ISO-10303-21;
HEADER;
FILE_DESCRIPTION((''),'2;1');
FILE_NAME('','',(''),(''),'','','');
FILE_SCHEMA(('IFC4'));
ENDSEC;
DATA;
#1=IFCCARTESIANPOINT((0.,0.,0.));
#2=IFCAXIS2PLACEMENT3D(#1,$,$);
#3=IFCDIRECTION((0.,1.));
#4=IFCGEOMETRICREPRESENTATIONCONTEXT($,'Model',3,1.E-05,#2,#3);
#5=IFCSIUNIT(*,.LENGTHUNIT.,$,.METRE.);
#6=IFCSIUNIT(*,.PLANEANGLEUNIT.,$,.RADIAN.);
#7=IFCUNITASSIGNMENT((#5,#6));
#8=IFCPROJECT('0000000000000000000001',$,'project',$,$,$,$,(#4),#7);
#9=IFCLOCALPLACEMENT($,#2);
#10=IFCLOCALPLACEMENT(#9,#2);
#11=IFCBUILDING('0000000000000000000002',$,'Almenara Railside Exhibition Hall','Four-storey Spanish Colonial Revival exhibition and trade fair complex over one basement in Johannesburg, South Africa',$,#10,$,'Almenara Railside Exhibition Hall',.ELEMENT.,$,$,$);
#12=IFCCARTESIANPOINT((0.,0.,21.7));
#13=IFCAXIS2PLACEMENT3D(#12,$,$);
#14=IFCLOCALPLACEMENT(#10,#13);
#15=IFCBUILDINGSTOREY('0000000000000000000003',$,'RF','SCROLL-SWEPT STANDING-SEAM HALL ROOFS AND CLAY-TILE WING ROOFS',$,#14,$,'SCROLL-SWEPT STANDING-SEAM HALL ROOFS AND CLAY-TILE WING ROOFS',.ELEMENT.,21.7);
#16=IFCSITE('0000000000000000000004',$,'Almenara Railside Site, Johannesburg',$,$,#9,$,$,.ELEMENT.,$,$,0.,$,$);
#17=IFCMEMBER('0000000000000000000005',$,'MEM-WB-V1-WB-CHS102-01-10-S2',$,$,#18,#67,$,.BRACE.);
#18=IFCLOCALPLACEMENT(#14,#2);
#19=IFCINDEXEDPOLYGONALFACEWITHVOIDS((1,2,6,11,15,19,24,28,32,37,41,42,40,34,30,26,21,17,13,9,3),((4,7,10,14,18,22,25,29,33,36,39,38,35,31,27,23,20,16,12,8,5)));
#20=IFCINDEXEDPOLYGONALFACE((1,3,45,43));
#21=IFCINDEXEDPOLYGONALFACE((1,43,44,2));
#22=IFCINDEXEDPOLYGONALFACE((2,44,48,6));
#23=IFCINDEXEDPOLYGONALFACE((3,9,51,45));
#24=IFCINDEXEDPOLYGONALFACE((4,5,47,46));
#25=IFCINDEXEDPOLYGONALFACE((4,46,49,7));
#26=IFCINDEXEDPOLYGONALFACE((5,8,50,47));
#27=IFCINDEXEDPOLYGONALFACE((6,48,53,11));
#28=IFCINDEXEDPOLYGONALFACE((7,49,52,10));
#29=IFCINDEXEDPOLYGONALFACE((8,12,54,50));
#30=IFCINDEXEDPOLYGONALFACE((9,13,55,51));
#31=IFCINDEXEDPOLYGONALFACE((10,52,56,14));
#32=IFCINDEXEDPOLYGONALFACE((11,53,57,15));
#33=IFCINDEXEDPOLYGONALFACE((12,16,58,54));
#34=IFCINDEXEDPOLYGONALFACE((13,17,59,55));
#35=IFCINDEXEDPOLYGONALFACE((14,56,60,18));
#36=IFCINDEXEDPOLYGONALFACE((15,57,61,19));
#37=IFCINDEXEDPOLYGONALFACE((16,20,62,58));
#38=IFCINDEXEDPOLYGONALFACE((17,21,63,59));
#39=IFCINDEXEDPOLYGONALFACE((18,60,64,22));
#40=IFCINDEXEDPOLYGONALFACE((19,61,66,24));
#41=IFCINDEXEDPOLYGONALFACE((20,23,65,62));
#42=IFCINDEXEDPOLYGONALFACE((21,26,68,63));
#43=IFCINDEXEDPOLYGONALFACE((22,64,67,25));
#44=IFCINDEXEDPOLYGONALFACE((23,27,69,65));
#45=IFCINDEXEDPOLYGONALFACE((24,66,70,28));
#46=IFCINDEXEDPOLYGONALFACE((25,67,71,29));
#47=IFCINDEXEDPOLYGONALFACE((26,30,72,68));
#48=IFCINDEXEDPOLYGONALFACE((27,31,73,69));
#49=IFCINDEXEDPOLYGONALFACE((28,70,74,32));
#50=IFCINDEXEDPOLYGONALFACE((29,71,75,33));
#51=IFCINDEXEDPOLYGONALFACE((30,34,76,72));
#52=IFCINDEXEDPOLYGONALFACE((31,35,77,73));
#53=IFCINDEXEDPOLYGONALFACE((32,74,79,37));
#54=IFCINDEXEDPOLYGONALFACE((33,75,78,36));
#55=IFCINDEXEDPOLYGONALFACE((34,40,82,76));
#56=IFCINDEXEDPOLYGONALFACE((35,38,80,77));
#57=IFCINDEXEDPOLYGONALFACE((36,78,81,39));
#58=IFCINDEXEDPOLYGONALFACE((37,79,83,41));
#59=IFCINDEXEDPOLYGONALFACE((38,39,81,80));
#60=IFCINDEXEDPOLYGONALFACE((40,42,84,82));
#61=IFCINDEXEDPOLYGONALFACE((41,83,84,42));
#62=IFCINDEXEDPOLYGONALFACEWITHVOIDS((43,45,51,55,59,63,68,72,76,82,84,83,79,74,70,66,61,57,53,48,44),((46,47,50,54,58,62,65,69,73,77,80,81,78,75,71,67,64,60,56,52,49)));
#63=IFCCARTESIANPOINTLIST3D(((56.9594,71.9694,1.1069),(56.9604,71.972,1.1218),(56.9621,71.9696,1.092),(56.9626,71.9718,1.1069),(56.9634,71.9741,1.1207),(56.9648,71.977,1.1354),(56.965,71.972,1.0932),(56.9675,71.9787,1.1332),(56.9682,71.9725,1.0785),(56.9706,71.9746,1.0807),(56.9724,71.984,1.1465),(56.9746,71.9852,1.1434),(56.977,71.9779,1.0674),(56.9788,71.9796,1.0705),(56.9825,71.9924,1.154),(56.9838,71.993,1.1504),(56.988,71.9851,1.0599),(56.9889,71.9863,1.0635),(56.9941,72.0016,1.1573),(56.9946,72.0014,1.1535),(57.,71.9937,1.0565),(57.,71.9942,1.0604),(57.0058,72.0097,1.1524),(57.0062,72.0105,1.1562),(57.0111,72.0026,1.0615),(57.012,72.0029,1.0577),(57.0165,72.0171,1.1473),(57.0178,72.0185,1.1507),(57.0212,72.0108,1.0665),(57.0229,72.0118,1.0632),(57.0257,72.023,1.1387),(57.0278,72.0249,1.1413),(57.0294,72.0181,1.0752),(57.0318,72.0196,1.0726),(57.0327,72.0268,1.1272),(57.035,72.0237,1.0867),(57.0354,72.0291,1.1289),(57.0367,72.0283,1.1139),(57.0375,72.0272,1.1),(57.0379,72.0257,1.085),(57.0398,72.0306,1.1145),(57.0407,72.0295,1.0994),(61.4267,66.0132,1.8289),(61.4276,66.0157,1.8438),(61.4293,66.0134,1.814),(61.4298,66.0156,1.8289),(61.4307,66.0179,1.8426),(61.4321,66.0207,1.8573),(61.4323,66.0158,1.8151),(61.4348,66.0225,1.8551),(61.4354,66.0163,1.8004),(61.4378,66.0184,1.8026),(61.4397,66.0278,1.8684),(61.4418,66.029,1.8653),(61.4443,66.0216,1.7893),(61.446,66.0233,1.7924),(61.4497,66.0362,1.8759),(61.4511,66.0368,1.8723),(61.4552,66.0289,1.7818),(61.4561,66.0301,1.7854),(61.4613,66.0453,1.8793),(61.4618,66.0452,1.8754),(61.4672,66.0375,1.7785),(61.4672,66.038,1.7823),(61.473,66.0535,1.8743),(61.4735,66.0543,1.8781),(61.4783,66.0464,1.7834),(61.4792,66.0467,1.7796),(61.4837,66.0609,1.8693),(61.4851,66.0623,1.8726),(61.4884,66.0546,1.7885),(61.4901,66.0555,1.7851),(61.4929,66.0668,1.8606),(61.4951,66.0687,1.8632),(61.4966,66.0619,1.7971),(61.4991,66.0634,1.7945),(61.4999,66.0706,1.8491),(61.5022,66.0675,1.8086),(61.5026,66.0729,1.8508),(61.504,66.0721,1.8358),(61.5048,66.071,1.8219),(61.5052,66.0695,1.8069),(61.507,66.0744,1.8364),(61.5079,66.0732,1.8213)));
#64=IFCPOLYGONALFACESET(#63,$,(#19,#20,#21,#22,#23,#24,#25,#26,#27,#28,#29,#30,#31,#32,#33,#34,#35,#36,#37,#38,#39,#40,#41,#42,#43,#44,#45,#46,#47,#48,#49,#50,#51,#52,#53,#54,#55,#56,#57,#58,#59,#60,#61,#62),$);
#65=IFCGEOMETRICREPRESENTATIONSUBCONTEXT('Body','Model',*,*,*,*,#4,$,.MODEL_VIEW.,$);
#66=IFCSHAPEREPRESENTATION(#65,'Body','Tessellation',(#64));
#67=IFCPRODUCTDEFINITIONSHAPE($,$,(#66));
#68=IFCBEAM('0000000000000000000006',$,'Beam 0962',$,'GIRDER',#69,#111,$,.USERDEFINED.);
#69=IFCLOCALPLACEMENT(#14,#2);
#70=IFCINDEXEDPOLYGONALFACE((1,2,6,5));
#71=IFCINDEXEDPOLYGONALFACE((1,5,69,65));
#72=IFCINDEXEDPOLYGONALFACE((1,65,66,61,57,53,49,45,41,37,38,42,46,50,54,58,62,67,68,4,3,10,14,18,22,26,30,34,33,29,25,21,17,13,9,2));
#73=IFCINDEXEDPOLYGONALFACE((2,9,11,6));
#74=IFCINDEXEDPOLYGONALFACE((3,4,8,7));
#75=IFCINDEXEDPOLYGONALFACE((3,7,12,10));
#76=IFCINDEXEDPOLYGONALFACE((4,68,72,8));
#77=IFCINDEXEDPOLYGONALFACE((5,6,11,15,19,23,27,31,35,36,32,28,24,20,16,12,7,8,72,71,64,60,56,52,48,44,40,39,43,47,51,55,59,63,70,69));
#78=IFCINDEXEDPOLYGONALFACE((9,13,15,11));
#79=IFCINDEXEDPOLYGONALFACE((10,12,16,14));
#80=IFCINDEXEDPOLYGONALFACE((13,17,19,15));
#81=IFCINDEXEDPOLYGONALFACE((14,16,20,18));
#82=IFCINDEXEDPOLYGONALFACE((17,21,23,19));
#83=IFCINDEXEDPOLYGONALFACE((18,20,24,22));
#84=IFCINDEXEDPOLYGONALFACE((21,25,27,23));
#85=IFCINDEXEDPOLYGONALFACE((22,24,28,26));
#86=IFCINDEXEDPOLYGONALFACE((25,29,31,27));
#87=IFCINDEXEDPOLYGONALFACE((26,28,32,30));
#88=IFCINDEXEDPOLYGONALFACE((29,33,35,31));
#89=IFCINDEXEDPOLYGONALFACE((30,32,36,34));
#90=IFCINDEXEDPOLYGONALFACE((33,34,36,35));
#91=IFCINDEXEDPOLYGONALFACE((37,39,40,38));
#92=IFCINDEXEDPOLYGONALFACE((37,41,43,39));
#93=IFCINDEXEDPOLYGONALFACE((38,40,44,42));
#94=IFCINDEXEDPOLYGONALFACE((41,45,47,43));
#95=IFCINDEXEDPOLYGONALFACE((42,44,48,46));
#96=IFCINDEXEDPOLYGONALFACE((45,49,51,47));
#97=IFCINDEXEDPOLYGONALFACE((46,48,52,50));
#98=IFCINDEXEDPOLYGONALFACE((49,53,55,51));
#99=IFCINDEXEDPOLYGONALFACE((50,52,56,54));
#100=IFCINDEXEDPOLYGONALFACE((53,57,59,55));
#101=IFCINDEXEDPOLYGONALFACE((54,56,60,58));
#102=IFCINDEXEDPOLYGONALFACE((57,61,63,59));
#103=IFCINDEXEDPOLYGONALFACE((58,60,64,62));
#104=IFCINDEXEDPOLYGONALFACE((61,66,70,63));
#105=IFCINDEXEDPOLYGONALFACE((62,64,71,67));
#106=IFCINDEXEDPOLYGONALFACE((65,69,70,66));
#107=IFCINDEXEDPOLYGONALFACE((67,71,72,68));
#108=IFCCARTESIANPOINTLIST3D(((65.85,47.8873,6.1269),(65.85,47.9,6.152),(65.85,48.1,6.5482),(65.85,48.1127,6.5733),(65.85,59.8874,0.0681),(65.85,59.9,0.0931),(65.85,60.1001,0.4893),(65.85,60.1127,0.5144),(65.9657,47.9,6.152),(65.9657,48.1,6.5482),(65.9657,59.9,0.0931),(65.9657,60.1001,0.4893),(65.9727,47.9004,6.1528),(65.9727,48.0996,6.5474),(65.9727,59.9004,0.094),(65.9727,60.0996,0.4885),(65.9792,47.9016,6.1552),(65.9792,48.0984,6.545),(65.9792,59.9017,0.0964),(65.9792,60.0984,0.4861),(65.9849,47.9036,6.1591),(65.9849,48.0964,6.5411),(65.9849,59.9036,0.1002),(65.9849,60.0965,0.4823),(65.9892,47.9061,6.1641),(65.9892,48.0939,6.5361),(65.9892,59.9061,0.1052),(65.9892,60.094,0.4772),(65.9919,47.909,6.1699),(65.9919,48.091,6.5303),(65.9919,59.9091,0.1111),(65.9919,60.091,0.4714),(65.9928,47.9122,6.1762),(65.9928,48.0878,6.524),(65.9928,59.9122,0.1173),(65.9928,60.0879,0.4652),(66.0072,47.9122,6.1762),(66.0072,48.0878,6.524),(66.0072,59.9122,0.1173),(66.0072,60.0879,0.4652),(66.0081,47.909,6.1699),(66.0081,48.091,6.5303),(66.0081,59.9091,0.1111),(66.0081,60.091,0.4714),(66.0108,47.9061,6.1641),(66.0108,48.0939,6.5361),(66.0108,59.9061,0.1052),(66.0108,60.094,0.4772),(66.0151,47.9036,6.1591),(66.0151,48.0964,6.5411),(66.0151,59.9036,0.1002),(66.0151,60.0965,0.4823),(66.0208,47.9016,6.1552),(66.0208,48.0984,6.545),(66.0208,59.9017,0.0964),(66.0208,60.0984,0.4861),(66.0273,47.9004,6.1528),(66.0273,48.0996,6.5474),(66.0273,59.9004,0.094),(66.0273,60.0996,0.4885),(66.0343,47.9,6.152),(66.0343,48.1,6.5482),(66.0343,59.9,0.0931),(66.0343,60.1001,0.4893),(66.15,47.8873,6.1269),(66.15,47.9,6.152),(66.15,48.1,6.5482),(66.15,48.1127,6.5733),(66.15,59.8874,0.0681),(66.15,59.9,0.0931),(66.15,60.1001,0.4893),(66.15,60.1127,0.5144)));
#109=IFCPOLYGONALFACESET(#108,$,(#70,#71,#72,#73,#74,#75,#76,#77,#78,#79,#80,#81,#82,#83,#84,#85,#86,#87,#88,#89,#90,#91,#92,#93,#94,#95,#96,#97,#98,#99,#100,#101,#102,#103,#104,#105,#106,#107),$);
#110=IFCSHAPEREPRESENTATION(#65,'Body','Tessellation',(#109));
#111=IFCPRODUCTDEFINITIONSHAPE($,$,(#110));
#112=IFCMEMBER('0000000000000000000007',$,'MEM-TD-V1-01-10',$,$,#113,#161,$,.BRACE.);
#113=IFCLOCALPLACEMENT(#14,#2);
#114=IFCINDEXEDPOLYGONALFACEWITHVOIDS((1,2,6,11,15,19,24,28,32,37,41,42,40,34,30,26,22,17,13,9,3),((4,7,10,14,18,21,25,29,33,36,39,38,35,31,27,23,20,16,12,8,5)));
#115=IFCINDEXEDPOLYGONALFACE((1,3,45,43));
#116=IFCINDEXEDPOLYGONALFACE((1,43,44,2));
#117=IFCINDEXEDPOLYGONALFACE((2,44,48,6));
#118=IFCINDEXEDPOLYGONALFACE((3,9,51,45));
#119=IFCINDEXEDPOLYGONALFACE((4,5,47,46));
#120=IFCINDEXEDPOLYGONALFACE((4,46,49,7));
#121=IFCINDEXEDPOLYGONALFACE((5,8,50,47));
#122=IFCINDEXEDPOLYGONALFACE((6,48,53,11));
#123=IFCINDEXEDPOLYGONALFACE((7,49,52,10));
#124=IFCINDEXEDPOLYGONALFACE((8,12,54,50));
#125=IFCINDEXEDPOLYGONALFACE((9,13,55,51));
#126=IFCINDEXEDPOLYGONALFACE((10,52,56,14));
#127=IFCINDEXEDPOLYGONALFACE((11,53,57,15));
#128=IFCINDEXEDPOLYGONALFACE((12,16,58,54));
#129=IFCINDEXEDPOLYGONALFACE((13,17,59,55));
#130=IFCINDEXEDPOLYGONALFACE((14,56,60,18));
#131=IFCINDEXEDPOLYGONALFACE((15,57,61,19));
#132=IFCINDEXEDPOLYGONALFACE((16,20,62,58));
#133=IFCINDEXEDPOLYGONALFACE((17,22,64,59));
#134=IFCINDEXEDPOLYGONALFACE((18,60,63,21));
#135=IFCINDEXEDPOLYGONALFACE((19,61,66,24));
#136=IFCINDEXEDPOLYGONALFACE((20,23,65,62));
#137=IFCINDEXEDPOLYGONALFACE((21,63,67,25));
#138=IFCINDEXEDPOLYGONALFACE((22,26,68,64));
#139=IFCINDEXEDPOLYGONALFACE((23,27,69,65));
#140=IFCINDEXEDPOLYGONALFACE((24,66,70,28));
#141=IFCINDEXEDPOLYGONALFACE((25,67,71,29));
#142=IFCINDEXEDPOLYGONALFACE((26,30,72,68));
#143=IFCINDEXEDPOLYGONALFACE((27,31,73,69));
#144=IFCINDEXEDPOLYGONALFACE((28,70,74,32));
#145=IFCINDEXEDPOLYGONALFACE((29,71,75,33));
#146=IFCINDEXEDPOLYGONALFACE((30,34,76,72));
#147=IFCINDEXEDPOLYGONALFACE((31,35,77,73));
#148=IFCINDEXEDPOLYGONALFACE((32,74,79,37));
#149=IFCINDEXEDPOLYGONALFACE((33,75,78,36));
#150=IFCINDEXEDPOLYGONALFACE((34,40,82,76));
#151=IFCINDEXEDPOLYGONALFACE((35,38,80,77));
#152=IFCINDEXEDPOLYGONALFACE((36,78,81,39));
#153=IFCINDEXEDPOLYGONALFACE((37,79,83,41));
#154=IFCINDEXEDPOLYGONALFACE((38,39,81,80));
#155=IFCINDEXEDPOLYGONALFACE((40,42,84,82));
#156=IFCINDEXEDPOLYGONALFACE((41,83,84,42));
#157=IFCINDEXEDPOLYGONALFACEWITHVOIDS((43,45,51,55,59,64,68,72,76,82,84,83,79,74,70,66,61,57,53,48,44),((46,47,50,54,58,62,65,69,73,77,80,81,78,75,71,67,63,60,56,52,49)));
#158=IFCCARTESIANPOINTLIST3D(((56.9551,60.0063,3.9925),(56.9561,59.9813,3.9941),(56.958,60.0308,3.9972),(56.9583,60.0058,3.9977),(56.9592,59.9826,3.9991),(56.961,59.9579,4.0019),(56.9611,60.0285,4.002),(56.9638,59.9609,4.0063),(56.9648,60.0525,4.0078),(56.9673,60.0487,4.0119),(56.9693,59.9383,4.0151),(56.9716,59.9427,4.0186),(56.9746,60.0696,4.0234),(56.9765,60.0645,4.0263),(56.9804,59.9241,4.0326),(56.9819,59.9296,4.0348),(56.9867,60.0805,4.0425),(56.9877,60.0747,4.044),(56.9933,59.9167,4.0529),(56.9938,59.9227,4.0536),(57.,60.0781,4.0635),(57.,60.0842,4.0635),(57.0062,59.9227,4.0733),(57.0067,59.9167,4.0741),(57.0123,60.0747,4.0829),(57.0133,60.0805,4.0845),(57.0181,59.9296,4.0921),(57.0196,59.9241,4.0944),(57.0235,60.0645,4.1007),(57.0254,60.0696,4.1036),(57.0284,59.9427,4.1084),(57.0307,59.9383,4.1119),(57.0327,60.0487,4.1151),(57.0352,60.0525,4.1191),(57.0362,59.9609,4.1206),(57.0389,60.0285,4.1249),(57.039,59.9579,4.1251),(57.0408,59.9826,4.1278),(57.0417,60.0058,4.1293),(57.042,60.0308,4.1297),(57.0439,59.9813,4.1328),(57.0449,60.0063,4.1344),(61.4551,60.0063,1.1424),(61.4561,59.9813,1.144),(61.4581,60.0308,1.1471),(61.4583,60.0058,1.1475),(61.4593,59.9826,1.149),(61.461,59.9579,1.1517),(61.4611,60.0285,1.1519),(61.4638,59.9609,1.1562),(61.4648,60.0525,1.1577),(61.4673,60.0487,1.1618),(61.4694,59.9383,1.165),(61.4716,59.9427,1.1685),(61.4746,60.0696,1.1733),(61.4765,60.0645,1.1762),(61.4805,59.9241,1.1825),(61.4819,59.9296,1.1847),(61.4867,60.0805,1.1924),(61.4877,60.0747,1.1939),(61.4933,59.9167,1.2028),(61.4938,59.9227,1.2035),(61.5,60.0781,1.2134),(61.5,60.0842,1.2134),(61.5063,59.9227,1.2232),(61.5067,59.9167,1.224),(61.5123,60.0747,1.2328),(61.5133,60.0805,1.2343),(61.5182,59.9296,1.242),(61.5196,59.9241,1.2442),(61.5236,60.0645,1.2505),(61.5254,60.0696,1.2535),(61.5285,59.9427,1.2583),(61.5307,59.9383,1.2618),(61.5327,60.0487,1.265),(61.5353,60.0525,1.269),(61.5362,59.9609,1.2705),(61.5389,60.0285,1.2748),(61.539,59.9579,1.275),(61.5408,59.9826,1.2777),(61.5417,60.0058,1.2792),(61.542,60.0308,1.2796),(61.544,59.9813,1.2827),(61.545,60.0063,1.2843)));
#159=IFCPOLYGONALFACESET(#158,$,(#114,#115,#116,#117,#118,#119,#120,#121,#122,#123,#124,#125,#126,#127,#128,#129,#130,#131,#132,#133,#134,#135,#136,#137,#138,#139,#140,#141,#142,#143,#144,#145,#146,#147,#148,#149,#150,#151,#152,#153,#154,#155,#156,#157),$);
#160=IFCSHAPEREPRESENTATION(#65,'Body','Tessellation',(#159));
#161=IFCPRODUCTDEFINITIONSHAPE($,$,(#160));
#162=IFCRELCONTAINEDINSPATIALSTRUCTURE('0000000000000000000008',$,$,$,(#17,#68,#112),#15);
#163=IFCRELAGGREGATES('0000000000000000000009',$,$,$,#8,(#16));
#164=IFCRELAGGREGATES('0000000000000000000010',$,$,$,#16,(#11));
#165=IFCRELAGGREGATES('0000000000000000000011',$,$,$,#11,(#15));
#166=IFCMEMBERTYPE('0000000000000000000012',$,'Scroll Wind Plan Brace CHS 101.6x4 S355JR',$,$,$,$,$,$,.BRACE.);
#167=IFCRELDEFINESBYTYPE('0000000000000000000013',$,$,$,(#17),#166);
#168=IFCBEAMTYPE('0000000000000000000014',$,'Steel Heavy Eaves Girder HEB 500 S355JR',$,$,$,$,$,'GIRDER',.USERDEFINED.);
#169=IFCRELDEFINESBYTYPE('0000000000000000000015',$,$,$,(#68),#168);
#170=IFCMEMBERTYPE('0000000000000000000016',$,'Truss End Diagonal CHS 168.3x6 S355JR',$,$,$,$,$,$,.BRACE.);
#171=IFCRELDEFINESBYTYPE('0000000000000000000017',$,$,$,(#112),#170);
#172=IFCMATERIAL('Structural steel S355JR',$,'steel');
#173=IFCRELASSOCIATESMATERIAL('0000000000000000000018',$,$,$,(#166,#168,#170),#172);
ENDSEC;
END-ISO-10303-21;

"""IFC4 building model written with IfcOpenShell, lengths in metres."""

from ifc_helpers import new_model, si_unit, direction, frame, origin, origin_2d, place, context, subcontext, project, spatial, hollow_circle, i_section, extrude, material, material_profile, profile_set, type_object, element, save


model = new_model("IFC4")

# Units and contexts
model_context = context("Model", 3, precision=1e-05, world=origin(), true_north=direction((0.0, 1.0)))
body_context = subcontext(model_context, "Body", "Model", "MODEL_VIEW")
ifc_project = project(units=[si_unit("LENGTHUNIT", "METRE"), si_unit("PLANEANGLEUNIT", "RADIAN")], contexts=[model_context])

# Site, building, storey
site_placement = place(None, origin())
site = spatial("IfcSite", under=ifc_project, at=site_placement, Name="Almenara Railside Site, Johannesburg", CompositionType="ELEMENT", RefElevation=0.0)
building_placement = place(site_placement, origin())
building = spatial("IfcBuilding", under=site, at=building_placement, Name="Almenara Railside Exhibition Hall", Description="Four-storey Spanish Colonial Revival exhibition and trade fair complex over one basement in Johannesburg, South Africa", LongName="Almenara Railside Exhibition Hall", CompositionType="ELEMENT")
storey_placement = place(building_placement, frame((0.0, 0.0, 21.7)))
storey = spatial("IfcBuildingStorey", under=building, at=storey_placement, Name="RF", Description="SCROLL-SWEPT STANDING-SEAM HALL ROOFS AND CLAY-TILE WING ROOFS", LongName="SCROLL-SWEPT STANDING-SEAM HALL ROOFS AND CLAY-TILE WING ROOFS", CompositionType="ELEMENT", Elevation=21.7)

# Shared definitions
ifc_material_1 = material(Name="Structural steel S355JR", Category="steel")

# Member
ifc_material_profile_1 = material_profile(ifc_material_1, hollow_circle(Radius=0.0508, WallThickness=0.0039, at=origin_2d()), Name="CHS 101.6x4")
ifc_profile_set_1 = profile_set([ifc_material_profile_1], Name="Structural steel S355JR")
member_type_1 = type_object("IfcMemberType", Name="Scroll Wind Plan Brace CHS 101.6x4 S355JR", PredefinedType="BRACE", material=ifc_profile_set_1)
member_1_placement = place(storey_placement, frame((61.4673, 66.0437, 1.8289), z_axis=(-0.597204, 0.796262, -0.09651), x_axis=(-0.799996, -0.600005, 0.0)))
element("IfcMember", 1, at=member_1_placement, inside=storey, type_object=member_type_1, Name="MEM-WB-V1-WB-CHS102-01-10-S2", PredefinedType="BRACE", context=body_context, shape_type="SweptSolid", body=[
    extrude(hollow_circle(Radius=0.0508, WallThickness=0.0039, at=origin_2d()), origin(), (0.0, 0.0, 1.0), 7.4802),
])

# Beam
ifc_material_profile_2 = material_profile(ifc_material_1, i_section(OverallWidth=0.3, OverallDepth=0.5, WebThickness=0.0144, FlangeThickness=0.0281, FilletRadius=0.0271, at=origin_2d()), Name="HEB 500")
ifc_profile_set_2 = profile_set([ifc_material_profile_2], Name="Structural steel S355JR")
beam_type = type_object("IfcBeamType", Name="Steel Heavy Eaves Girder HEB 500 S355JR", ElementType="GIRDER", PredefinedType="USERDEFINED", material=ifc_profile_set_2)
beam_placement = place(storey_placement, frame((66.0, 48.0, 6.3501), z_axis=(0.0, 0.89267, -0.450712), x_axis=(-1.0, 0.0, 0.0)))
element("IfcBeam", 2, at=beam_placement, inside=storey, type_object=beam_type, Name="Beam 0962", ObjectType="GIRDER", PredefinedType="USERDEFINED", context=body_context, shape_type="SweptSolid", body=[
    extrude(i_section(OverallWidth=0.3, OverallDepth=0.5, WebThickness=0.0144, FlangeThickness=0.0281, FilletRadius=0.0271, at=origin_2d()), origin(), (0.0, 0.0, 1.0), 13.4429),
])

# Member
ifc_material_profile_3 = material_profile(ifc_material_1, hollow_circle(Radius=0.0842, WallThickness=0.0061, at=origin_2d()), Name="CHS 168.3x6")
ifc_profile_set_3 = profile_set([ifc_material_profile_3], Name="Structural steel S355JR")
member_type_2 = type_object("IfcMemberType", Name="Truss End Diagonal CHS 168.3x6 S355JR", PredefinedType="BRACE", material=ifc_profile_set_3)
member_2_placement = place(storey_placement, frame((57.0, 60.0, 4.0635), z_axis=(0.844811, 0.0, -0.535065), x_axis=(0.0, 1.0, 0.0)))
element("IfcMember", 3, at=member_2_placement, inside=storey, type_object=member_type_2, Name="MEM-TD-V1-01-10", PredefinedType="BRACE", context=body_context, shape_type="SweptSolid", body=[
    extrude(hollow_circle(Radius=0.0842, WallThickness=0.0061, at=origin_2d()), origin(), (0.0, 0.0, 1.0), 5.3267),
])

save(model, "model.ifc")
